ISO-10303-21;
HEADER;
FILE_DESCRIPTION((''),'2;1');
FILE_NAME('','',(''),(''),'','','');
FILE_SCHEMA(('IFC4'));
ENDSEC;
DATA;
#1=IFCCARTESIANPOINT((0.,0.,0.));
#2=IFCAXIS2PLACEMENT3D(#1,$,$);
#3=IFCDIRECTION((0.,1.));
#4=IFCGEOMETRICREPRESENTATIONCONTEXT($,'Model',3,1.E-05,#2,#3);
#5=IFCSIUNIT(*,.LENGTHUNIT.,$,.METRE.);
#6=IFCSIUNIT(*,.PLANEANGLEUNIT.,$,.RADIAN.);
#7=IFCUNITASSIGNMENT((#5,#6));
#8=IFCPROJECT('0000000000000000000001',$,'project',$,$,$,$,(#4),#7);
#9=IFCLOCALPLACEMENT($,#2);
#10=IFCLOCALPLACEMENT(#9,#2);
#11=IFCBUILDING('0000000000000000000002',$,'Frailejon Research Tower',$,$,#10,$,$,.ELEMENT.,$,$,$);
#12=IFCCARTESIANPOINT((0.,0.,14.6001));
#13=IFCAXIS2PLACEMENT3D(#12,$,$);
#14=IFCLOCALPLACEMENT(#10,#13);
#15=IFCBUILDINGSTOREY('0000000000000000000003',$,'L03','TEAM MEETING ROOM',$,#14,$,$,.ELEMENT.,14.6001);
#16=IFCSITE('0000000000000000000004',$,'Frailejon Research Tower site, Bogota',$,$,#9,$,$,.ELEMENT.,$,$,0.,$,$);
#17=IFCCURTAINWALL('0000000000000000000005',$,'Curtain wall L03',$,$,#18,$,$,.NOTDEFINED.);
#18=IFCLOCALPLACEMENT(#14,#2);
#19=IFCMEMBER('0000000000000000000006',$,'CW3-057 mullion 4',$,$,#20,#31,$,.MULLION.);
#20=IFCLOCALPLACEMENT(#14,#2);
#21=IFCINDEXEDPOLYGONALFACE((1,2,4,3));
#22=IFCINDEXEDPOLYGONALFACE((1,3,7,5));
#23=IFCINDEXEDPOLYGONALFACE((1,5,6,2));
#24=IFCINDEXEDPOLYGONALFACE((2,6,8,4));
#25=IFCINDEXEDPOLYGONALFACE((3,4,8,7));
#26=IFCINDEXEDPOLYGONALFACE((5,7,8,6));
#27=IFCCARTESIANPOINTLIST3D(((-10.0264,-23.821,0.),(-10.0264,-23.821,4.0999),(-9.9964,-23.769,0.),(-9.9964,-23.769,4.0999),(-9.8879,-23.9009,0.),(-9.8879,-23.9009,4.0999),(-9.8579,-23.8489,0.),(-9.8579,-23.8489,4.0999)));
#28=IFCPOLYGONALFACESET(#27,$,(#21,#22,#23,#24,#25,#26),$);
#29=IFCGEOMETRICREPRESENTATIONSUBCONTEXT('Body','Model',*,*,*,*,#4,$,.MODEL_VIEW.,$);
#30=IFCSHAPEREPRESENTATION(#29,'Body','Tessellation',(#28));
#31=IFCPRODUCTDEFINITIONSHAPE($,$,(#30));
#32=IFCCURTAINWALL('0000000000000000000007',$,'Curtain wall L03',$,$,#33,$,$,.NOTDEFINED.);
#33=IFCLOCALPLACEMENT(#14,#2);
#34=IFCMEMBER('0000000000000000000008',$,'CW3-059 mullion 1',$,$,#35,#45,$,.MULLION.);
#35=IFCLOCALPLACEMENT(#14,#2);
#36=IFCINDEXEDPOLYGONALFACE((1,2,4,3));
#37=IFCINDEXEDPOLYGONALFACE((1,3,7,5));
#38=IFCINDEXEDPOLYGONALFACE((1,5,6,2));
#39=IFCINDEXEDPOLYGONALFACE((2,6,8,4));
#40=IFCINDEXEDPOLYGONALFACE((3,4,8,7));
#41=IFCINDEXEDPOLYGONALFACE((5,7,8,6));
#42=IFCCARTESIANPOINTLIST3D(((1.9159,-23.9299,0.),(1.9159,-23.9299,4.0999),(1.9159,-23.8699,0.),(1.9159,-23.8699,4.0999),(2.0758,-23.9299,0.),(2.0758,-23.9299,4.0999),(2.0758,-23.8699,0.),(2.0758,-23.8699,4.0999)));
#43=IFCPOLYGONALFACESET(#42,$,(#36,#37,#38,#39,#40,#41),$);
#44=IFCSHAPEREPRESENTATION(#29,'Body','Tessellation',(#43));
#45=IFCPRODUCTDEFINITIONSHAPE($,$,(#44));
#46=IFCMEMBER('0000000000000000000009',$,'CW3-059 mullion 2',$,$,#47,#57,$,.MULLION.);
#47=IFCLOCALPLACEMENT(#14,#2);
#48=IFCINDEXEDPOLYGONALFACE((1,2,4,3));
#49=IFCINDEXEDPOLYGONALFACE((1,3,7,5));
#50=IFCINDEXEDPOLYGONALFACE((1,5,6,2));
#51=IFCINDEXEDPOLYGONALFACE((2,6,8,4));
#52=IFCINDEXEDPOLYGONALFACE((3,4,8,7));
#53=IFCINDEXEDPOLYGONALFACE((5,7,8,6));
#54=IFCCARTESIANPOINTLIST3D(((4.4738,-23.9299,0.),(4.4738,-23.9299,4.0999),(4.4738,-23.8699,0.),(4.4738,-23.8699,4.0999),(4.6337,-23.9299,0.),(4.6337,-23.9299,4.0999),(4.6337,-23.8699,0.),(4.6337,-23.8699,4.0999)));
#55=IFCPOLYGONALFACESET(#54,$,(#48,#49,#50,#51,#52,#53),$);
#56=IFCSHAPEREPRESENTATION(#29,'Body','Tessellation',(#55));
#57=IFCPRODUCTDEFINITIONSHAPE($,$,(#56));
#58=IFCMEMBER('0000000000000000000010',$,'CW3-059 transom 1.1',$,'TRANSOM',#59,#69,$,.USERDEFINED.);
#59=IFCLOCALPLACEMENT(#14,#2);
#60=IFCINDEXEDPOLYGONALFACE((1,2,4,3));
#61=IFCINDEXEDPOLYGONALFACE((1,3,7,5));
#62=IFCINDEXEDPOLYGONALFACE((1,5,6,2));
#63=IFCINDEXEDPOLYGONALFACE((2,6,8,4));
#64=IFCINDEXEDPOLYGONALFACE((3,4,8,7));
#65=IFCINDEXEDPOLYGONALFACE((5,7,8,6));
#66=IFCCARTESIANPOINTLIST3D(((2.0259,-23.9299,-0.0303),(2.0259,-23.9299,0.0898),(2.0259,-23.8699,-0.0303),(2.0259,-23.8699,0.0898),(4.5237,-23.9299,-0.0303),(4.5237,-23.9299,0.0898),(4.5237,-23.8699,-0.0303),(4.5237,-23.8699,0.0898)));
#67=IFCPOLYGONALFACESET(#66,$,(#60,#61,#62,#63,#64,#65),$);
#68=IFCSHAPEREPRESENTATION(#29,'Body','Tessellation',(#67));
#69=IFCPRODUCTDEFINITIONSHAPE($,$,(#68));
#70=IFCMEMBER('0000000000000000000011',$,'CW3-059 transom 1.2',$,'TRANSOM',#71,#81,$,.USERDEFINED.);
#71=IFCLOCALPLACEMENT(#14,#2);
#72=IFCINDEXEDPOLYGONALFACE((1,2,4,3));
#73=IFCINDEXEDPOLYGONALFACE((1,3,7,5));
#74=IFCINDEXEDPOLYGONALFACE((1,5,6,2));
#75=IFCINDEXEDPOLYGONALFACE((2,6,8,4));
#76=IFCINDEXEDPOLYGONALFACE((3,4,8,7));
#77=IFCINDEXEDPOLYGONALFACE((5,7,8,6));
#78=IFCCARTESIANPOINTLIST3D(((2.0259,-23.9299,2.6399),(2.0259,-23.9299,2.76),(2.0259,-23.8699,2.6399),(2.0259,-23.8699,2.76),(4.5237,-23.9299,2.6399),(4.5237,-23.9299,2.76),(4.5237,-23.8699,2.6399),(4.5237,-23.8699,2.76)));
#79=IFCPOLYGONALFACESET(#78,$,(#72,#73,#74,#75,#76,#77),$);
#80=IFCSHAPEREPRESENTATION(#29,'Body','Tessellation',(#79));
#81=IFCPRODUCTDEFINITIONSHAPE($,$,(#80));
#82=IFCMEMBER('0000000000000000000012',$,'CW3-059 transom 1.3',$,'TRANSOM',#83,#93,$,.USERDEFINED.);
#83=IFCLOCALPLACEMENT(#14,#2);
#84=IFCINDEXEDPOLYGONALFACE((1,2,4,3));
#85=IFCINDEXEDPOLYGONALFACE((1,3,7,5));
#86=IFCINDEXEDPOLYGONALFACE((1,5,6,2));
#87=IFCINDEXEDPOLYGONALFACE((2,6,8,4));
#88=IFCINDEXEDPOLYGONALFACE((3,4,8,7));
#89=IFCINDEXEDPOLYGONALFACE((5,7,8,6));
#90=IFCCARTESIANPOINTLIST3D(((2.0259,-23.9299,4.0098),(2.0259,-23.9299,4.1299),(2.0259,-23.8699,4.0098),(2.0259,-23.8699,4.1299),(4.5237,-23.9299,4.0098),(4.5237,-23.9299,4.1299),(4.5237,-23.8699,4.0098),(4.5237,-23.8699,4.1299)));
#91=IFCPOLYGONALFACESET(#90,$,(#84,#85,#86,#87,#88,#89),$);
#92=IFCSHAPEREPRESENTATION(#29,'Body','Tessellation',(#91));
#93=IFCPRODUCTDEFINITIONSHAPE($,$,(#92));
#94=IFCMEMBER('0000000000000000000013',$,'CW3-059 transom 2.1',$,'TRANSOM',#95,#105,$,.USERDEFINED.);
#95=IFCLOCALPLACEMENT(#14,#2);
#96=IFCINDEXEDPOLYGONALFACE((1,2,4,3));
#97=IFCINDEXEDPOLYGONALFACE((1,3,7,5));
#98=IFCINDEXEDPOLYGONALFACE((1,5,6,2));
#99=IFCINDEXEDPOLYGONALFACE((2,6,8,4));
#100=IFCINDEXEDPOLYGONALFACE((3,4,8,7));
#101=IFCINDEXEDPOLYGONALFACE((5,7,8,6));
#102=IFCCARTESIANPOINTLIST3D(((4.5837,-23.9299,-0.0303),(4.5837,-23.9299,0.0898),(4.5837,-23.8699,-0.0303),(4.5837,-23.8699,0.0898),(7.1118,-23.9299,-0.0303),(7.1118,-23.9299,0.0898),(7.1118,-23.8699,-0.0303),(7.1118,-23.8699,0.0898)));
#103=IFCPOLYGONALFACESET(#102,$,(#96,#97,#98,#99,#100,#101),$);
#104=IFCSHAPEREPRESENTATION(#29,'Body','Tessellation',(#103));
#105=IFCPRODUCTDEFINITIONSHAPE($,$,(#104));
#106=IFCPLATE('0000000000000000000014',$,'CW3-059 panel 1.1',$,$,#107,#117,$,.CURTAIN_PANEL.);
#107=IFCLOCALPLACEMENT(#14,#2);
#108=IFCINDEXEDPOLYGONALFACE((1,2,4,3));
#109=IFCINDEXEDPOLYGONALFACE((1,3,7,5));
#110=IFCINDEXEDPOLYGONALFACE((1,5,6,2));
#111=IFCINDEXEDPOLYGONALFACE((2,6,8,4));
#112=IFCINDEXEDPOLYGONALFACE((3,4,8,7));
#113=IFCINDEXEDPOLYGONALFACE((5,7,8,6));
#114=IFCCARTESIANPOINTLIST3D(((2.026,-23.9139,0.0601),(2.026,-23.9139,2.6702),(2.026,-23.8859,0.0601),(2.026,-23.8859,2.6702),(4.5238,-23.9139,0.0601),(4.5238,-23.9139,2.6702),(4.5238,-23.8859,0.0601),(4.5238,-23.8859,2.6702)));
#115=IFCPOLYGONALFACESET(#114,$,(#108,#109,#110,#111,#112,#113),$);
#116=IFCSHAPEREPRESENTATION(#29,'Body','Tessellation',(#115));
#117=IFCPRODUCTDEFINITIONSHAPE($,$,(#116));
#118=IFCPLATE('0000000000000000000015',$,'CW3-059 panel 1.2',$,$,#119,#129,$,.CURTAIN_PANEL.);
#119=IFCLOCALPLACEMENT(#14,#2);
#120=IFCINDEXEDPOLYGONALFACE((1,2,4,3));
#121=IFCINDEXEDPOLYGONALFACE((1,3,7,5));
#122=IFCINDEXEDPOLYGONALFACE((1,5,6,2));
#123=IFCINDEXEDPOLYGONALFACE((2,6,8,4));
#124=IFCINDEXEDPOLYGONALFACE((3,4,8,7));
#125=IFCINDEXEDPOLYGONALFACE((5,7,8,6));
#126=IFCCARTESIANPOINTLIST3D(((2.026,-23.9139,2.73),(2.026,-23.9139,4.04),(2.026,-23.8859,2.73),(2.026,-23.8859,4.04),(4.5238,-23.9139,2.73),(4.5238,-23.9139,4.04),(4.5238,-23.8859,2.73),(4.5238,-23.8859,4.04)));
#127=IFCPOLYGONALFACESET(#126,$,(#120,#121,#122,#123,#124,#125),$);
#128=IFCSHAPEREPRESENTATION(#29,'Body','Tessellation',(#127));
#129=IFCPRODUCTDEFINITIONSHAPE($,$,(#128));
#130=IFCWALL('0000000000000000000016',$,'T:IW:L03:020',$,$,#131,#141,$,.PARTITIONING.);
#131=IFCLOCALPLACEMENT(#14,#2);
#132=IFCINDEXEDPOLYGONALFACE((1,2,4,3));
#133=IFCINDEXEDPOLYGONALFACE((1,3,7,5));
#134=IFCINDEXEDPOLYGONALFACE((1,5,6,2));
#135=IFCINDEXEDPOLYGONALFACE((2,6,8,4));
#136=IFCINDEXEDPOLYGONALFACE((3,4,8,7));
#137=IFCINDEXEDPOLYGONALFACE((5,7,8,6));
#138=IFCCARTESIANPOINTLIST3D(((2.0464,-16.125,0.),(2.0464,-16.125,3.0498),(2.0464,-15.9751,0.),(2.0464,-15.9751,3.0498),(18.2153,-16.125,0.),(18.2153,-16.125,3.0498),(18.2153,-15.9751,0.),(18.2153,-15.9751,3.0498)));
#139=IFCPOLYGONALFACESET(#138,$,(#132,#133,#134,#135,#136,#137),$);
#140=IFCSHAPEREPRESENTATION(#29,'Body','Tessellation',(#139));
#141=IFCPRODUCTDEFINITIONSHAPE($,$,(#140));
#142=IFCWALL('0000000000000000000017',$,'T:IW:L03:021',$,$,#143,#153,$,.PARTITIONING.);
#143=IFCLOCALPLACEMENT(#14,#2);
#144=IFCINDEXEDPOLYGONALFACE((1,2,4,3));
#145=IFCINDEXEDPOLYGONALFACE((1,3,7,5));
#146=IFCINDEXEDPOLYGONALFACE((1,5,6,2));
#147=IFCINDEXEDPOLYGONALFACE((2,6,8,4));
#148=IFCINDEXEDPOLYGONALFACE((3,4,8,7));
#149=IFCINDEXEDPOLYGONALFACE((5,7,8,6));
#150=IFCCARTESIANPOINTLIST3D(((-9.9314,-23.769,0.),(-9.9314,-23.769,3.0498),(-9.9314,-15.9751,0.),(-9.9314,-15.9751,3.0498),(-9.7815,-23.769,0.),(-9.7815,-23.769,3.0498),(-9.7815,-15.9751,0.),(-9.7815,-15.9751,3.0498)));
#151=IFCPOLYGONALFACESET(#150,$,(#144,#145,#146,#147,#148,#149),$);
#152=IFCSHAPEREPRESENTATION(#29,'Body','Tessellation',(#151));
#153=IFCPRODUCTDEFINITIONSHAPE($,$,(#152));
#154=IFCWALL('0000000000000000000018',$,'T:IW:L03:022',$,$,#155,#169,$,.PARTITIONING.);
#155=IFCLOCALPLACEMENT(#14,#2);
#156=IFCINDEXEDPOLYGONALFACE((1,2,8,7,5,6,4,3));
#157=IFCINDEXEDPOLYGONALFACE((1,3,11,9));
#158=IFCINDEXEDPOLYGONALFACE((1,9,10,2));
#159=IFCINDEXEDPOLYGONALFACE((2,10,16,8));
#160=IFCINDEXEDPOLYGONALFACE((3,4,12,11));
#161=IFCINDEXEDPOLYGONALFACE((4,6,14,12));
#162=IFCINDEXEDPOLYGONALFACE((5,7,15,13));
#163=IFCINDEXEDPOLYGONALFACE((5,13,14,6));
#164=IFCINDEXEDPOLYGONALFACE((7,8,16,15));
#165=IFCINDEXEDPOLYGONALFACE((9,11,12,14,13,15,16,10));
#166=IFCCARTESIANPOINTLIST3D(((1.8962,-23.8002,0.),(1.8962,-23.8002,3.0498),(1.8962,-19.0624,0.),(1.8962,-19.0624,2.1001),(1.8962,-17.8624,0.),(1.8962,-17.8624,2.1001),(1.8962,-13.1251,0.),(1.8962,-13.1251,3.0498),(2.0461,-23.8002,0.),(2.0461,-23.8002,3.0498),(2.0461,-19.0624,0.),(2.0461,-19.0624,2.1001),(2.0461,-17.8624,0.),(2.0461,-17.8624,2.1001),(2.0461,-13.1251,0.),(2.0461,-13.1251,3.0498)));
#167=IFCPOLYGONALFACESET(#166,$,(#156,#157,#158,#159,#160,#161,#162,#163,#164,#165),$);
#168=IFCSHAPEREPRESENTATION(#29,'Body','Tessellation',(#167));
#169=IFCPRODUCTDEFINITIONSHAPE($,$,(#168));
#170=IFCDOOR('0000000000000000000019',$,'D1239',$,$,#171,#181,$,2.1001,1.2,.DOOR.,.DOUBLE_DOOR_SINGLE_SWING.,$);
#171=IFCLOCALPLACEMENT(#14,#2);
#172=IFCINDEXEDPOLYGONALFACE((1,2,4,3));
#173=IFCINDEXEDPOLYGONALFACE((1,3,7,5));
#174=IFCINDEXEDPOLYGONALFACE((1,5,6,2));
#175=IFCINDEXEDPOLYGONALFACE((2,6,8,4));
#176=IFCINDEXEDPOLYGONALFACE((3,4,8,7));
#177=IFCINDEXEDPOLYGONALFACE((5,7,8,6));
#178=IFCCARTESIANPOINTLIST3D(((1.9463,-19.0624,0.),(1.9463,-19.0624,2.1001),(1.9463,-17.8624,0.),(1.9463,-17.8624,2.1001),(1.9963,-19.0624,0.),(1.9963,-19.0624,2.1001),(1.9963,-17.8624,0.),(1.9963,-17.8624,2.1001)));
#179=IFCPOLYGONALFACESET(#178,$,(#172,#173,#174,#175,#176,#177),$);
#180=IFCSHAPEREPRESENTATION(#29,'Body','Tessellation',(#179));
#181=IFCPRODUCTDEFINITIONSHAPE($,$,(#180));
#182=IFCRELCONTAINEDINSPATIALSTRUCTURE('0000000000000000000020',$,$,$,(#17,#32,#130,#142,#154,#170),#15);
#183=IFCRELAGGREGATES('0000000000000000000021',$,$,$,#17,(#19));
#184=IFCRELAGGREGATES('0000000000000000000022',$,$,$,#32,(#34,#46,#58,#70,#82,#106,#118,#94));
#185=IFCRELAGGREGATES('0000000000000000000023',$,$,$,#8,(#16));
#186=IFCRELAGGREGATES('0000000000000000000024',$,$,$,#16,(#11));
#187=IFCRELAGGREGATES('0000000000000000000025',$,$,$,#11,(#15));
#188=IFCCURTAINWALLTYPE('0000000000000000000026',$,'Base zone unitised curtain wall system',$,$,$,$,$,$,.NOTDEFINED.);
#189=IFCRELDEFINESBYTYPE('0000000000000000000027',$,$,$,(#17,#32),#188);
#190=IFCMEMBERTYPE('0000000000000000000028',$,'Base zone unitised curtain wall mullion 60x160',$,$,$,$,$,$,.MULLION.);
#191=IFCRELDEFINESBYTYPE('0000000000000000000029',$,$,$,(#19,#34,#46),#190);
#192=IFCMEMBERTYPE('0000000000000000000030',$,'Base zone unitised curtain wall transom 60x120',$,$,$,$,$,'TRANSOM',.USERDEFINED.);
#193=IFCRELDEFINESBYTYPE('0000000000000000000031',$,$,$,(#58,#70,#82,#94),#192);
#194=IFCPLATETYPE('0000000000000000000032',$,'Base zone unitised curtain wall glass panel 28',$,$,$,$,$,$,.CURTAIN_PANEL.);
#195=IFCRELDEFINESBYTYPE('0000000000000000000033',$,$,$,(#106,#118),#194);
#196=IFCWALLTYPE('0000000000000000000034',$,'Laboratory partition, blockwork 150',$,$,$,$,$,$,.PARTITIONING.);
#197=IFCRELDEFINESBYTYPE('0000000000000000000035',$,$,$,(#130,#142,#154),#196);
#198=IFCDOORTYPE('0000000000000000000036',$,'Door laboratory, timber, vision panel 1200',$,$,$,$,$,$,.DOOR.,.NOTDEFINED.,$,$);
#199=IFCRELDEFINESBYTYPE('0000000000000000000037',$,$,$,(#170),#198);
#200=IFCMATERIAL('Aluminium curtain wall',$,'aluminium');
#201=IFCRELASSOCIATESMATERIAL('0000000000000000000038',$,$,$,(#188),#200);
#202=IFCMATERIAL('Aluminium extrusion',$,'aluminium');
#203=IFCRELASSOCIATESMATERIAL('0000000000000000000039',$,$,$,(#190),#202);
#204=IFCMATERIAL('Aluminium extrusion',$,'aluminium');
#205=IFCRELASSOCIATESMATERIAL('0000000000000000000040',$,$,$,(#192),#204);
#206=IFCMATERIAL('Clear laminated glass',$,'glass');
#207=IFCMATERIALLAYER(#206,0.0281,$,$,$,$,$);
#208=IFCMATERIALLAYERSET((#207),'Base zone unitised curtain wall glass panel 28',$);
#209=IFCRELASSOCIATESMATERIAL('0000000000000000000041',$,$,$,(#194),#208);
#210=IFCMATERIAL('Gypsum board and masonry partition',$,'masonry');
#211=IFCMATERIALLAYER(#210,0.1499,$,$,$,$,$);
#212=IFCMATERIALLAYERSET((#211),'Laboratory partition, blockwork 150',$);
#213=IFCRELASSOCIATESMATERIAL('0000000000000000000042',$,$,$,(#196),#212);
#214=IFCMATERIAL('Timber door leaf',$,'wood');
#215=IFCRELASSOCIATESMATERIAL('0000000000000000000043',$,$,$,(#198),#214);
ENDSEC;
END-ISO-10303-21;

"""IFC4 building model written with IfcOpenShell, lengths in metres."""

from ifc_helpers import new_model, si_unit, direction, frame, frame_2d, origin, origin_2d, place, context, subcontext, project, spatial, rectangle, extrude, material, layer, layer_set, material_profile, profile_set, type_object, element, fill, aggregate, save


model = new_model("IFC4")

# Units and contexts
model_context = context("Model", 3, precision=1e-05, world=origin(), true_north=direction((0.0, 1.0)))
body_context = subcontext(model_context, "Body", "Model", "MODEL_VIEW")
ifc_project = project(units=[si_unit("LENGTHUNIT", "METRE"), si_unit("PLANEANGLEUNIT", "RADIAN")], contexts=[model_context])

# Site, building, storey
site_placement = place(None, origin())
site = spatial("IfcSite", under=ifc_project, at=site_placement, Name="Frailejon Research Tower site, Bogota", CompositionType="ELEMENT", RefElevation=0.0)
building_placement = place(site_placement, origin())
building = spatial("IfcBuilding", under=site, at=building_placement, Name="Frailejon Research Tower", CompositionType="ELEMENT")
storey_placement = place(building_placement, frame((0.0, 0.0, 14.6001)))
storey = spatial("IfcBuildingStorey", under=building, at=storey_placement, Name="L03", Description="TEAM MEETING ROOM", CompositionType="ELEMENT", Elevation=14.6001)

# Curtain wall, member
ifc_material_1 = material(Name="Aluminium curtain wall", Category="aluminium")
curtain_wall_type = type_object("IfcCurtainWallType", Name="Base zone unitised curtain wall system", PredefinedType="NOTDEFINED", material=ifc_material_1)
curtain_wall_1_placement = place(storey_placement, origin())
curtain_wall_1 = element("IfcCurtainWall", 1, at=curtain_wall_1_placement, inside=storey, type_object=curtain_wall_type, Name="Curtain wall L03", PredefinedType="NOTDEFINED")
ifc_material_2 = material(Name="Aluminium extrusion", Category="aluminium")
ifc_material_profile_1 = material_profile(ifc_material_2, rectangle(XDim=0.0601, YDim=0.1599, at=origin_2d()), Name="Base zone unitised curtain wall mullion 60x160")
ifc_profile_set_1 = profile_set([ifc_material_profile_1], Name="Aluminium extrusion")
member_type_1 = type_object("IfcMemberType", Name="Base zone unitised curtain wall mullion 60x160", PredefinedType="MULLION", material=ifc_profile_set_1)
member_1_placement = place(storey_placement, frame((-9.9421, -23.835, 0.0), z_axis=(0.0, 0.0, 1.0), x_axis=(0.499998, 0.866026, 0.0)))
member_1 = element("IfcMember", 2, at=member_1_placement, type_object=member_type_1, Name="CW3-057 mullion 4", PredefinedType="MULLION", context=body_context, shape_type="SweptSolid", body=[
    extrude(rectangle(XDim=0.0601, YDim=0.1599, at=origin_2d()), origin(), (0.0, 0.0, 1.0), 4.0999),
])
aggregate(curtain_wall_1, [member_1])

# Curtain wall, members, plates
curtain_wall_2_placement = place(storey_placement, origin())
curtain_wall_2 = element("IfcCurtainWall", 3, at=curtain_wall_2_placement, inside=storey, type_object=curtain_wall_type, Name="Curtain wall L03", PredefinedType="NOTDEFINED")
member_2_placement = place(storey_placement, frame((1.9958, -23.8999, 0.0), z_axis=(0.0, 0.0, 1.0), x_axis=(0.0, 1.0, 0.0)))
member_2 = element("IfcMember", 4, at=member_2_placement, type_object=member_type_1, Name="CW3-059 mullion 1", PredefinedType="MULLION", context=body_context, shape_type="SweptSolid", body=[
    extrude(rectangle(XDim=0.0601, YDim=0.1599, at=origin_2d()), origin(), (0.0, 0.0, 1.0), 4.0999),
])
member_3_placement = place(storey_placement, frame((4.5537, -23.8999, 0.0), z_axis=(0.0, 0.0, 1.0), x_axis=(0.0, 1.0, 0.0)))
member_3 = element("IfcMember", 5, at=member_3_placement, type_object=member_type_1, Name="CW3-059 mullion 2", PredefinedType="MULLION", context=body_context, shape_type="SweptSolid", body=[
    extrude(rectangle(XDim=0.0601, YDim=0.1599, at=origin_2d()), origin(), (0.0, 0.0, 1.0), 4.0999),
])
ifc_material_3 = material(Name="Aluminium extrusion", Category="aluminium")
ifc_material_profile_2 = material_profile(ifc_material_3, rectangle(XDim=0.0601, YDim=0.1201, at=origin_2d()), Name="Base zone unitised curtain wall transom 60x120")
ifc_profile_set_2 = profile_set([ifc_material_profile_2], Name="Aluminium extrusion")
member_type_2 = type_object("IfcMemberType", Name="Base zone unitised curtain wall transom 60x120", ElementType="TRANSOM", PredefinedType="USERDEFINED", material=ifc_profile_set_2)
member_4_placement = place(storey_placement, frame((2.0259, -23.8999, 0.0298), z_axis=(1.0, 0.0, 0.0), x_axis=(0.0, 1.0, 0.0)))
member_4 = element("IfcMember", 6, at=member_4_placement, type_object=member_type_2, Name="CW3-059 transom 1.1", ObjectType="TRANSOM", PredefinedType="USERDEFINED", context=body_context, shape_type="SweptSolid", body=[
    extrude(rectangle(XDim=0.0601, YDim=0.1201, at=origin_2d()), origin(), (0.0, 0.0, 1.0), 2.4978),
])
member_5_placement = place(storey_placement, frame((2.0259, -23.8999, 2.7), z_axis=(1.0, 0.0, 0.0), x_axis=(0.0, 1.0, 0.0)))
member_5 = element("IfcMember", 7, at=member_5_placement, type_object=member_type_2, Name="CW3-059 transom 1.2", ObjectType="TRANSOM", PredefinedType="USERDEFINED", context=body_context, shape_type="SweptSolid", body=[
    extrude(rectangle(XDim=0.0601, YDim=0.1201, at=origin_2d()), origin(), (0.0, 0.0, 1.0), 2.4978),
])
member_6_placement = place(storey_placement, frame((2.0259, -23.8999, 4.0698), z_axis=(1.0, 0.0, 0.0), x_axis=(0.0, 1.0, 0.0)))
member_6 = element("IfcMember", 8, at=member_6_placement, type_object=member_type_2, Name="CW3-059 transom 1.3", ObjectType="TRANSOM", PredefinedType="USERDEFINED", context=body_context, shape_type="SweptSolid", body=[
    extrude(rectangle(XDim=0.0601, YDim=0.1201, at=origin_2d()), origin(), (0.0, 0.0, 1.0), 2.4978),
])
member_7_placement = place(storey_placement, frame((4.5837, -23.8999, 0.0298), z_axis=(1.0, 0.0, 0.0), x_axis=(0.0, 1.0, 0.0)))
member_7 = element("IfcMember", 9, at=member_7_placement, type_object=member_type_2, Name="CW3-059 transom 2.1", ObjectType="TRANSOM", PredefinedType="USERDEFINED", context=body_context, shape_type="SweptSolid", body=[
    extrude(rectangle(XDim=0.0601, YDim=0.1201, at=origin_2d()), origin(), (0.0, 0.0, 1.0), 2.5281),
])
ifc_material_4 = material(Name="Clear laminated glass", Category="glass")
ifc_layer_1 = layer(ifc_material_4, 0.0281)
ifc_layer_set_1 = layer_set([ifc_layer_1], Name="Base zone unitised curtain wall glass panel 28")
plate_type = type_object("IfcPlateType", Name="Base zone unitised curtain wall glass panel 28", PredefinedType="CURTAIN_PANEL", material=ifc_layer_set_1)
plate_1_placement = place(storey_placement, frame((3.2749, -23.8999, 0.0601), z_axis=(0.0, 0.0, 1.0), x_axis=(1.0, 0.0, 0.0)))
plate_1 = element("IfcPlate", 10, at=plate_1_placement, type_object=plate_type, Name="CW3-059 panel 1.1", PredefinedType="CURTAIN_PANEL", context=body_context, shape_type="SweptSolid", body=[
    extrude(rectangle(XDim=2.4978, YDim=0.0281, at=origin_2d()), origin(), (0.0, 0.0, 1.0), 2.6101),
])
plate_2_placement = place(storey_placement, frame((3.2749, -23.8999, 2.73), z_axis=(0.0, 0.0, 1.0), x_axis=(1.0, 0.0, 0.0)))
plate_2 = element("IfcPlate", 11, at=plate_2_placement, type_object=plate_type, Name="CW3-059 panel 1.2", PredefinedType="CURTAIN_PANEL", context=body_context, shape_type="SweptSolid", body=[
    extrude(rectangle(XDim=2.4978, YDim=0.0281, at=origin_2d()), origin(), (0.0, 0.0, 1.0), 1.3101),
])
aggregate(curtain_wall_2, [member_2, member_3, member_4, member_5, member_6, plate_1, plate_2, member_7])

# Walls
ifc_material_5 = material(Name="Gypsum board and masonry partition", Category="masonry")
ifc_layer_2 = layer(ifc_material_5, 0.1499)
ifc_layer_set_2 = layer_set([ifc_layer_2], Name="Laboratory partition, blockwork 150")
wall_type_1 = type_object("IfcWallType", Name="Laboratory partition, blockwork 150", PredefinedType="PARTITIONING", material=ifc_layer_set_2)
wall_1_placement = place(storey_placement, frame((2.0464, -16.05, 0.0), z_axis=(0.0, 0.0, 1.0), x_axis=(1.0, 0.0, 0.0)))
element("IfcWall", 12, at=wall_1_placement, inside=storey, type_object=wall_type_1, Name="T:IW:L03:020", PredefinedType="PARTITIONING", context=body_context, shape_type="SweptSolid", body=[
    extrude(rectangle(XDim=16.1689, YDim=0.1499, at=frame_2d((8.0845, 0.0))), origin(), (0.0, 0.0, 1.0), 3.0498),
])
wall_2_placement = place(storey_placement, frame((-9.8564, -23.769, 0.0), z_axis=(0.0, 0.0, 1.0), x_axis=(0.0, 1.0, 0.0)))
element("IfcWall", 13, at=wall_2_placement, inside=storey, type_object=wall_type_1, Name="T:IW:L03:021", PredefinedType="PARTITIONING", context=body_context, shape_type="SweptSolid", body=[
    extrude(rectangle(XDim=7.7939, YDim=0.1499, at=frame_2d((3.897, 0.0))), origin(), (0.0, 0.0, 1.0), 3.0498),
])

# Wall, opening, door
wall_3_placement = place(storey_placement, frame((1.9712, -23.8, 0.0), z_axis=(0.0, 0.0, 1.0), x_axis=(0.0, 1.0, 0.0)))
wall_3 = element("IfcWall", 14, at=wall_3_placement, inside=storey, type_object=wall_type_1, Name="T:IW:L03:022", PredefinedType="PARTITIONING", context=body_context, shape_type="SweptSolid", body=[
    extrude(rectangle(XDim=10.675, YDim=0.1499, at=frame_2d((5.3374, 0.0))), origin(), (0.0, 0.0, 1.0), 3.0498),
])
opening_1_placement = place(wall_3_placement, frame((4.7375, 0.0, 0.0)))
opening_1 = element("IfcOpeningElement", 15, at=opening_1_placement, cuts=wall_3, PredefinedType="OPENING", context=body_context, shape_type="SweptSolid", body=[
    extrude(rectangle(XDim=1.2, YDim=2.1001, at=frame_2d((0.6001, 1.05))), frame((0.0, 0.085, 0.0), z_axis=(0.0, -1.0, 0.0), x_axis=(1.0, 0.0, 0.0)), (0.0, 0.0, 1.0), 0.1699),
])
ifc_material_6 = material(Name="Timber door leaf", Category="wood")
door_type_1 = type_object("IfcDoorType", Name="Door laboratory, timber, vision panel 1200", OperationType="NOTDEFINED", PredefinedType="DOOR", material=ifc_material_6)
door_1_placement = place(opening_1_placement, origin())
door_1 = element("IfcDoor", 16, at=door_1_placement, inside=storey, type_object=door_type_1, Name="D1239", OperationType="DOUBLE_DOOR_SINGLE_SWING", OverallHeight=2.1001, OverallWidth=1.2, PredefinedType="DOOR", context=body_context, shape_type="SweptSolid", body=[
    extrude(rectangle(XDim=1.2, YDim=2.1001, at=frame_2d((0.6001, 1.05))), frame((0.0, 0.0249, 0.0), z_axis=(0.0, -1.0, 0.0), x_axis=(1.0, 0.0, 0.0)), (0.0, 0.0, 1.0), 0.05),
])
fill(opening_1, door_1)

save(model, "model.ifc")
